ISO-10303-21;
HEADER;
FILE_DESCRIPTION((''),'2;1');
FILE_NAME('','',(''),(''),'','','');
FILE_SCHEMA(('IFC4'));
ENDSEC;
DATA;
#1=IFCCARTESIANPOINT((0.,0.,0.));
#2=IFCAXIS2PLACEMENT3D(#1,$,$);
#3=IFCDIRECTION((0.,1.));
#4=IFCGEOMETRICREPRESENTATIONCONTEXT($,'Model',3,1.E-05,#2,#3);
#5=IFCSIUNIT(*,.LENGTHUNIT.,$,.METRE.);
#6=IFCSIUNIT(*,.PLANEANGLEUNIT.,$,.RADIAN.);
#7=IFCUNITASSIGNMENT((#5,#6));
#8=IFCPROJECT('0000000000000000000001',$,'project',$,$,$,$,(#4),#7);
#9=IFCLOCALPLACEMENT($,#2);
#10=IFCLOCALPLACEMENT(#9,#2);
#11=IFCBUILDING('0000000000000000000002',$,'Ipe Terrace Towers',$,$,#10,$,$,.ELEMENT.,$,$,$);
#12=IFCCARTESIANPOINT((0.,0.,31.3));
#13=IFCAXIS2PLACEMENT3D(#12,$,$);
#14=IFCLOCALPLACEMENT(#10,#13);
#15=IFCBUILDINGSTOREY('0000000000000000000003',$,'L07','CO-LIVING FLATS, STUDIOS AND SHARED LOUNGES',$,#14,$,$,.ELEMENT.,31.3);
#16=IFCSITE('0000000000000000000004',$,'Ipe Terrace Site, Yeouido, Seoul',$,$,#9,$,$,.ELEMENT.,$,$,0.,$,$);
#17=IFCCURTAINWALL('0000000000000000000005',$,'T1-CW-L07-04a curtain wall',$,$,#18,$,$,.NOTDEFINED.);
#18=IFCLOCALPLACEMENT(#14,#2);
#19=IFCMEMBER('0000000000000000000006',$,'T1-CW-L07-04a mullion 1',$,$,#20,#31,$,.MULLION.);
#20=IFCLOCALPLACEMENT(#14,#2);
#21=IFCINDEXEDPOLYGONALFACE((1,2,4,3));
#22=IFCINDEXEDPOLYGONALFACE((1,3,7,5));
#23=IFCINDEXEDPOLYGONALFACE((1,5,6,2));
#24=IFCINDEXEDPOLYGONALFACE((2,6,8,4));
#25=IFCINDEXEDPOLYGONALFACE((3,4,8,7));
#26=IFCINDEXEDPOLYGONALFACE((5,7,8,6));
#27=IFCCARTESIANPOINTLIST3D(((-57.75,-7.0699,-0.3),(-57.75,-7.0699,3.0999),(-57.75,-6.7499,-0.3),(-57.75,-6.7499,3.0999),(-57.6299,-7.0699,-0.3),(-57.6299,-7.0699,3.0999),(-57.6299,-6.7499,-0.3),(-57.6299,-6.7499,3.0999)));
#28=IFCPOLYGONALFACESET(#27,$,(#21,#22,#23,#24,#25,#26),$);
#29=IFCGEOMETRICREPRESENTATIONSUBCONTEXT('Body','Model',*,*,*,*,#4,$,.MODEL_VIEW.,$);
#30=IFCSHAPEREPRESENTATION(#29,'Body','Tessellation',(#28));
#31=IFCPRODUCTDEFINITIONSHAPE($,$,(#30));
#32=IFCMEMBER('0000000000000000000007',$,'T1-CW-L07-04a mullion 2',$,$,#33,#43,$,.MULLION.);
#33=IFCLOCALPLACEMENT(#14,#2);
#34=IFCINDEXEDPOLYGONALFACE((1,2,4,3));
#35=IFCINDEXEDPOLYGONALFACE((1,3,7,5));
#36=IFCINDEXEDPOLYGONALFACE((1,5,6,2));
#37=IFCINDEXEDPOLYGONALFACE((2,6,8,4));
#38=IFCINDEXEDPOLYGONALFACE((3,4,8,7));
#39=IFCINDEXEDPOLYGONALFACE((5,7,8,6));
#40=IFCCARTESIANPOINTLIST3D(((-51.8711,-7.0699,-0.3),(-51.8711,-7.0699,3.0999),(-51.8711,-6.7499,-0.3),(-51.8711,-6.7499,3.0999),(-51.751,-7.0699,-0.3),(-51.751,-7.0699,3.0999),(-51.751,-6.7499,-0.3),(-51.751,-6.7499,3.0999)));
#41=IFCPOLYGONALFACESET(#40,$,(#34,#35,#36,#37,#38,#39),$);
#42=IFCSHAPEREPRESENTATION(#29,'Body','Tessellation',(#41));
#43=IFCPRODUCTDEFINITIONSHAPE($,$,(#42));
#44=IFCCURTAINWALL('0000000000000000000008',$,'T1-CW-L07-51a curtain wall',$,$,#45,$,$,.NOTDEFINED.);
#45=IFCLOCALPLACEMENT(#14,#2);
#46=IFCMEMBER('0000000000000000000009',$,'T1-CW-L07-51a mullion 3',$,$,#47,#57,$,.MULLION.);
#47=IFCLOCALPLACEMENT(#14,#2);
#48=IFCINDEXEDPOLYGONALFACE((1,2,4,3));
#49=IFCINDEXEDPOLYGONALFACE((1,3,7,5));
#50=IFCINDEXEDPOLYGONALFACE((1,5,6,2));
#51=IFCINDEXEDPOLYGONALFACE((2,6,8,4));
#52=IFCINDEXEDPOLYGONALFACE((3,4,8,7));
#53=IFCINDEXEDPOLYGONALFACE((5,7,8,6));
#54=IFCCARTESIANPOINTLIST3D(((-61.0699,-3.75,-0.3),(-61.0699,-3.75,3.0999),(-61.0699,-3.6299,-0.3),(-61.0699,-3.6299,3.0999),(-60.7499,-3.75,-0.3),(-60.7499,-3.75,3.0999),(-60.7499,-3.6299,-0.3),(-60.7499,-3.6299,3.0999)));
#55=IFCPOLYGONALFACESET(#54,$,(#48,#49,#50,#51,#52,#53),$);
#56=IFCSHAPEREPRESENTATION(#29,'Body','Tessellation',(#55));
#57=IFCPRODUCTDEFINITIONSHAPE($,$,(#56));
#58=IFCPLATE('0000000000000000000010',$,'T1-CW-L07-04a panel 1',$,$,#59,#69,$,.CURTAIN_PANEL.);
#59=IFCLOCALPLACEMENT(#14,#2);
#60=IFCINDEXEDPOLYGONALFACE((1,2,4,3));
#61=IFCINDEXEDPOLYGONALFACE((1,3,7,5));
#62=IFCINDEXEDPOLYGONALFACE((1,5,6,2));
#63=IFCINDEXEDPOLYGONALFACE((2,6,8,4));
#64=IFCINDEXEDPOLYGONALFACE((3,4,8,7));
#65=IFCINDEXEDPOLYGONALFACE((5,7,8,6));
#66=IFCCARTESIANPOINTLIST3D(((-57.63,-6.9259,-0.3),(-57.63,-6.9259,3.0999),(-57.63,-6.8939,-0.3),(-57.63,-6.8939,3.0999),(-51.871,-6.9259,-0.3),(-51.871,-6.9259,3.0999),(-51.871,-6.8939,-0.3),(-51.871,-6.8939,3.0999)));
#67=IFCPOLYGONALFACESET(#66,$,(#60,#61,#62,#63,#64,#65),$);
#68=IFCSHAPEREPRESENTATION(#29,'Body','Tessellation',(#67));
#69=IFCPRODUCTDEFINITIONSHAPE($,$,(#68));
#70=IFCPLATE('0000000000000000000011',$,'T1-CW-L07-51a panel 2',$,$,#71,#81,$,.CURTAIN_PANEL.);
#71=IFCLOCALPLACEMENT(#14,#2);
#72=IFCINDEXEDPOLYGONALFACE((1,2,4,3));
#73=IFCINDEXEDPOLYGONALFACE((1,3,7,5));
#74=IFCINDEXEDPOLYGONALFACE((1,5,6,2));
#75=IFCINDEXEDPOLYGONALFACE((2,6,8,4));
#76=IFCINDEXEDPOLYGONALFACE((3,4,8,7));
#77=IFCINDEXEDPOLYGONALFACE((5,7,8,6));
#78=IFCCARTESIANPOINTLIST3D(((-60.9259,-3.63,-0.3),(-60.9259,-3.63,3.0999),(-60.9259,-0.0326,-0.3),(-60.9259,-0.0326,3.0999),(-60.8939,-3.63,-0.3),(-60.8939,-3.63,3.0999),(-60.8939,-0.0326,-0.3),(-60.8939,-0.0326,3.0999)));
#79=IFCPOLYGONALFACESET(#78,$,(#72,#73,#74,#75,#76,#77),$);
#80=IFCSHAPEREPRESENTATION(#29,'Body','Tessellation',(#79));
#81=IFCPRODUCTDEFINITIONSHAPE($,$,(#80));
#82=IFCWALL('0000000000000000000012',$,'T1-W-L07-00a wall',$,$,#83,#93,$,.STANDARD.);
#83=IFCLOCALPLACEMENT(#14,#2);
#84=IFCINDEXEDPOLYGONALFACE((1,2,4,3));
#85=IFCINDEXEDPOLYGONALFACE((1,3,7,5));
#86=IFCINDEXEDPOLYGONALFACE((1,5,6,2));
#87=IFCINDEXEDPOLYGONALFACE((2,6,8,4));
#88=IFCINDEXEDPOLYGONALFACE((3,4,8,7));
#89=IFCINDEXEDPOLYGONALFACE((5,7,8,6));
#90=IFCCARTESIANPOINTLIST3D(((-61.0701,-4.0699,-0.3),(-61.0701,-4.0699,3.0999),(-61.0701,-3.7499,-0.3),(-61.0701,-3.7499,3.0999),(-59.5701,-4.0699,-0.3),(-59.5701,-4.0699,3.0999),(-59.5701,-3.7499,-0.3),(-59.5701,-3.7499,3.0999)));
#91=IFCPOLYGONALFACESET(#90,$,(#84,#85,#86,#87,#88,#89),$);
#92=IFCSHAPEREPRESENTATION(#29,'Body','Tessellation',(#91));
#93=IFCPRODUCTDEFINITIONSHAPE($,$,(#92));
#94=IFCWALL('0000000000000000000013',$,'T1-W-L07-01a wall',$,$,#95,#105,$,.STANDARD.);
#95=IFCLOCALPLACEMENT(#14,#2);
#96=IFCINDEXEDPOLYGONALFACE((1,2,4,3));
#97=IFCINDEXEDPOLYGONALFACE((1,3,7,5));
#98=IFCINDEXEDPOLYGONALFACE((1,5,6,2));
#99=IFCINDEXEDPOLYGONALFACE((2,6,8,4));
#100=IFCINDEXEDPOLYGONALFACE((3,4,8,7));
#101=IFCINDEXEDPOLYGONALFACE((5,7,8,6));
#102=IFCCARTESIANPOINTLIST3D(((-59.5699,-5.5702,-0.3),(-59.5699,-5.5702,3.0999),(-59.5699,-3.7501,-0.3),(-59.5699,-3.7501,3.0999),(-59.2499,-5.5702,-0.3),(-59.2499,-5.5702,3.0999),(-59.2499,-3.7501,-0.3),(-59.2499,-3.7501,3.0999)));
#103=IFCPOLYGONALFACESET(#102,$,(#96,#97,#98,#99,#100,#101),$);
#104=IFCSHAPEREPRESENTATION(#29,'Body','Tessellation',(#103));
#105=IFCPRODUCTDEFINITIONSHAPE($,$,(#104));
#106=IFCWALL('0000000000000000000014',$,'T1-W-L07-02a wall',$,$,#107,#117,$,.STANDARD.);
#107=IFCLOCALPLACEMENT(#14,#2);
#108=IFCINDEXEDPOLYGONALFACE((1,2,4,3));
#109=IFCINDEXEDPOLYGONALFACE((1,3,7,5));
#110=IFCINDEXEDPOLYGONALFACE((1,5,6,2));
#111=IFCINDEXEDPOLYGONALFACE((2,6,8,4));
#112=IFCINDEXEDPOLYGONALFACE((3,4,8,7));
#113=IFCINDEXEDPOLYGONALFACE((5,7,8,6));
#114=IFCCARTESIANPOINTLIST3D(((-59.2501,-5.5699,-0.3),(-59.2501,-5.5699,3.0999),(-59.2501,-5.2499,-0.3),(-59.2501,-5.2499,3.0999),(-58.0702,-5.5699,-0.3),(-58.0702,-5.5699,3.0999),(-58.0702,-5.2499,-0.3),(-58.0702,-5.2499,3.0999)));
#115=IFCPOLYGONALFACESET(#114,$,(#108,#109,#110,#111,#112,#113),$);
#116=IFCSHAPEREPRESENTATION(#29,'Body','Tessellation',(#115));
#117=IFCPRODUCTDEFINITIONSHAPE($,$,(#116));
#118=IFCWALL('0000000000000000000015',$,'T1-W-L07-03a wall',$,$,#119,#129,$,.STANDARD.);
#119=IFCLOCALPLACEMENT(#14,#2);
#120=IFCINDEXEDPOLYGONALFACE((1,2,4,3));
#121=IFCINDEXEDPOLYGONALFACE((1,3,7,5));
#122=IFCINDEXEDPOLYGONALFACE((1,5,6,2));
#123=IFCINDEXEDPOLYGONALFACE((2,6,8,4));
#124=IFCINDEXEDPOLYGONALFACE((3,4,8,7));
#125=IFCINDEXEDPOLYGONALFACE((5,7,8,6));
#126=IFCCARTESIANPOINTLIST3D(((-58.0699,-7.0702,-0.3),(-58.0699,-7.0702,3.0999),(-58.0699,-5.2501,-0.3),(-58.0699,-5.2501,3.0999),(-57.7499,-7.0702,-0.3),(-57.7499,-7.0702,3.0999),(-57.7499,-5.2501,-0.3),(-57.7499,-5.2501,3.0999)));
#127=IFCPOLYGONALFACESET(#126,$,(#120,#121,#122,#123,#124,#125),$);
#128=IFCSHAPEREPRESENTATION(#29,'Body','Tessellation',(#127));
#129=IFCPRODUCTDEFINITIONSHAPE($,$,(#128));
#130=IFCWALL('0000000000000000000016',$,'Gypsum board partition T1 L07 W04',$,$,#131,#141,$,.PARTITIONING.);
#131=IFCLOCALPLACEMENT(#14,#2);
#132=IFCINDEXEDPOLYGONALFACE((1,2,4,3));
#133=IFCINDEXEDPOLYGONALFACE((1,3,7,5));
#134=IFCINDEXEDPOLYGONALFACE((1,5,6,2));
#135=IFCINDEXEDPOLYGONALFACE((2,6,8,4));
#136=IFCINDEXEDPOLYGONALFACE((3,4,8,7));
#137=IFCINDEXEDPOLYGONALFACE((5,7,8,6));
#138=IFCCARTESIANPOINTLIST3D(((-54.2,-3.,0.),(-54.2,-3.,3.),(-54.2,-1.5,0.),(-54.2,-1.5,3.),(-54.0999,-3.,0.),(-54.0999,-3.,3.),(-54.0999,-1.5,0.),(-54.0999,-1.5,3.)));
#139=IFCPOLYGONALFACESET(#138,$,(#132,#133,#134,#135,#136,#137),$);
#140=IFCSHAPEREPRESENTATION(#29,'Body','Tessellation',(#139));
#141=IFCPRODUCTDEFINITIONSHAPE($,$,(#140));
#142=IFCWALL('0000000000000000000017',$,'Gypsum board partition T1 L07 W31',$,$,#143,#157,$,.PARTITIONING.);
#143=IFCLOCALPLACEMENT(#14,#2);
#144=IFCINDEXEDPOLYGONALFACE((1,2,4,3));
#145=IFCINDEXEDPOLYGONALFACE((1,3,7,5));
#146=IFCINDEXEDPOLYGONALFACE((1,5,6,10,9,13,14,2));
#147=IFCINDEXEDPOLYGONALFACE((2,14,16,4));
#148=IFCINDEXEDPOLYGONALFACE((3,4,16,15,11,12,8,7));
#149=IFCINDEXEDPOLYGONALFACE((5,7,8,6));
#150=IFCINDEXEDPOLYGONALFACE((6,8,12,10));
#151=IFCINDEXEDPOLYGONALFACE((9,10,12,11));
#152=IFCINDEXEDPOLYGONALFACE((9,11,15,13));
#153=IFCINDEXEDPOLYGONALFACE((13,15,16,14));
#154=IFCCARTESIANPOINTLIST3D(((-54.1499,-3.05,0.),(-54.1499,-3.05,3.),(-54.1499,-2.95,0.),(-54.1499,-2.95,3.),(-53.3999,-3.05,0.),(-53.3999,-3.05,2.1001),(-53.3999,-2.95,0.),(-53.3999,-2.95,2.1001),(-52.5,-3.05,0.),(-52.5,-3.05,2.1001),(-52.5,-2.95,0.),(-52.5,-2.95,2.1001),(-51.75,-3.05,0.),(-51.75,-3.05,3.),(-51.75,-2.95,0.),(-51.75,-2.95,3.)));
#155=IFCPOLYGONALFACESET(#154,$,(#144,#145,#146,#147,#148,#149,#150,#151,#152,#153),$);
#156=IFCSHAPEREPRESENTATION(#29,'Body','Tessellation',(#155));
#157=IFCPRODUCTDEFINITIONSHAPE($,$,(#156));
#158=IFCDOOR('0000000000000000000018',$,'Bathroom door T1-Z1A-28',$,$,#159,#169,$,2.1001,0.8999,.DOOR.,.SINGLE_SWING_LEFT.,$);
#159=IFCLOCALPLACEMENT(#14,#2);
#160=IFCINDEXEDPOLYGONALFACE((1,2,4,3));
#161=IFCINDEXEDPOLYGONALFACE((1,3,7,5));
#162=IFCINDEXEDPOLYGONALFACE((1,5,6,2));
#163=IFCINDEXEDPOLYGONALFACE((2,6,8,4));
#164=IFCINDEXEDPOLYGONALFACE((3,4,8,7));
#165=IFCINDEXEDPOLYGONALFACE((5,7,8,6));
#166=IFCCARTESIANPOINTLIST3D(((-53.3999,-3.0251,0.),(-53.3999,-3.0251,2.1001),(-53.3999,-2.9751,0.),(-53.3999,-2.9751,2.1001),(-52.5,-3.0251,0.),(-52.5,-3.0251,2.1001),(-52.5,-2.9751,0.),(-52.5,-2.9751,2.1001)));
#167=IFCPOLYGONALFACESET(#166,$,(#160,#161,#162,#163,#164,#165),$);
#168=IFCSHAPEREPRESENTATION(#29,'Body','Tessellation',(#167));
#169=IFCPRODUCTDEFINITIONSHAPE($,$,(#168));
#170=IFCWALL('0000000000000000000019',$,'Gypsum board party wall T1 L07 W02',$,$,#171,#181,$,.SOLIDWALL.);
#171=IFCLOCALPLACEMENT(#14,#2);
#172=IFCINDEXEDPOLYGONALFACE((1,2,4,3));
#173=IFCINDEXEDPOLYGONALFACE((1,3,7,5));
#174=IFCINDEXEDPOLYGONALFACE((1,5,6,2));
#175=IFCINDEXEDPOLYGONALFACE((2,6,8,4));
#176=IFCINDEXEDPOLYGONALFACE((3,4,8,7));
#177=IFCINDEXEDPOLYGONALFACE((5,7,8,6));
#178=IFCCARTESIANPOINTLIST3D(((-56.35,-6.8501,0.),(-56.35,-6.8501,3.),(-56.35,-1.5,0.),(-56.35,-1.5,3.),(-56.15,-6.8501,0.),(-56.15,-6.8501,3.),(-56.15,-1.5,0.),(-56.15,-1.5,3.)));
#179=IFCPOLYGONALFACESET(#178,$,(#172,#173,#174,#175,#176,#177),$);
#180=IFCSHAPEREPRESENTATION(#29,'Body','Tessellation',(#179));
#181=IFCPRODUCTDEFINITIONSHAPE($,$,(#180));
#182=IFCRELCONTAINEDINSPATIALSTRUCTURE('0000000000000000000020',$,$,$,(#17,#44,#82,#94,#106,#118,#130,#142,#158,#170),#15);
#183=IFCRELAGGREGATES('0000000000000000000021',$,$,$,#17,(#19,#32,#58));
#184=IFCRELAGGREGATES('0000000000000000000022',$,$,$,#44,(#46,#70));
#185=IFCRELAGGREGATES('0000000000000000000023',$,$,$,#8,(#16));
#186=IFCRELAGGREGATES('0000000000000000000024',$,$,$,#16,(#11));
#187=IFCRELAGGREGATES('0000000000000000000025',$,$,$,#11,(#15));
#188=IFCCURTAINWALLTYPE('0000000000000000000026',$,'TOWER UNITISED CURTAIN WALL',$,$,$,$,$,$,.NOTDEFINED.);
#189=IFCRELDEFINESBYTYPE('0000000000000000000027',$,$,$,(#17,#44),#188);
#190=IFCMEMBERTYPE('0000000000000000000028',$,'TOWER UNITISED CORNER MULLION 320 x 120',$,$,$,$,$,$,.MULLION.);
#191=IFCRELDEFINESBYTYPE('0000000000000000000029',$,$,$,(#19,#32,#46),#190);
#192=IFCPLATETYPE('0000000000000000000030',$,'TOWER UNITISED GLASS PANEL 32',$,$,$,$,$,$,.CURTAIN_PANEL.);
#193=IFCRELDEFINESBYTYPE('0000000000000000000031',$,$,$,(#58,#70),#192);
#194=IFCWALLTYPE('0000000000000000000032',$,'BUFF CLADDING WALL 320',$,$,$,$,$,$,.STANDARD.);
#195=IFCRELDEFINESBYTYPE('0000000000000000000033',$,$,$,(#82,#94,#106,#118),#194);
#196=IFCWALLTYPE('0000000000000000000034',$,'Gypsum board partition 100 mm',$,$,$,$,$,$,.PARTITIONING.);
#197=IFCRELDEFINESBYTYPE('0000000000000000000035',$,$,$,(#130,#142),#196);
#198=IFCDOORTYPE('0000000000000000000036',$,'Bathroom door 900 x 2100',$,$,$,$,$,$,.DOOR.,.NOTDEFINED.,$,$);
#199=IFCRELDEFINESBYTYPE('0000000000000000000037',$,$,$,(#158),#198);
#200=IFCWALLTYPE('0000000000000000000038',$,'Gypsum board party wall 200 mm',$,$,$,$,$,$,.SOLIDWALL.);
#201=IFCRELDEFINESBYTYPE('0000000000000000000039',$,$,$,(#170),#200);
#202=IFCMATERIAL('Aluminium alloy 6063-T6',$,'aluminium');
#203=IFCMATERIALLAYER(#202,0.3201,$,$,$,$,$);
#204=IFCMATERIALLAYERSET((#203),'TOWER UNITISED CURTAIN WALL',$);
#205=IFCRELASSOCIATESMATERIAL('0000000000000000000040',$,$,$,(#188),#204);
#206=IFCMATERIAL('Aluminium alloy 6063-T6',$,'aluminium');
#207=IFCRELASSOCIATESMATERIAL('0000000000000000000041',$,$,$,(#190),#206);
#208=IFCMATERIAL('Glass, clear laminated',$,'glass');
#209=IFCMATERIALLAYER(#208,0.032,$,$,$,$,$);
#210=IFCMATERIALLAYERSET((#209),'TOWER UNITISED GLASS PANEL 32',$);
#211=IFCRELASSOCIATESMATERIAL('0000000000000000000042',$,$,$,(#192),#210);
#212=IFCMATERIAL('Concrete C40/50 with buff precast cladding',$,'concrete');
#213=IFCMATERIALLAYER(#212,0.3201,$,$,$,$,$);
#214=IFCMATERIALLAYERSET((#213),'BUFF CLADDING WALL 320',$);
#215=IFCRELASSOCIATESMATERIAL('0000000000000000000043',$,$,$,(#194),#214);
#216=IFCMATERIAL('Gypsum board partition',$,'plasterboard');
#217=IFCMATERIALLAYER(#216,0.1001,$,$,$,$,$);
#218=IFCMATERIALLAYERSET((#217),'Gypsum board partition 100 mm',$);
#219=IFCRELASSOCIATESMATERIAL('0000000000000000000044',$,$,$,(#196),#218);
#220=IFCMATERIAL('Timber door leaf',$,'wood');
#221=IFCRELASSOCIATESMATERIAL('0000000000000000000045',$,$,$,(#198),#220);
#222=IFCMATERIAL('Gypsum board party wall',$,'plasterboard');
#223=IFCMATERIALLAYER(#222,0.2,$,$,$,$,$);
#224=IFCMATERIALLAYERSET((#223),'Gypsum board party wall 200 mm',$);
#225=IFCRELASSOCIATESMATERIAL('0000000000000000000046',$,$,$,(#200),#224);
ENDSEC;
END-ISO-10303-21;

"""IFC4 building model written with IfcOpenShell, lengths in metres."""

from ifc_helpers import new_model, si_unit, direction, frame, frame_2d, origin, origin_2d, place, context, subcontext, project, spatial, rectangle, extrude, material, layer, layer_set, material_profile, profile_set, type_object, element, fill, aggregate, save


model = new_model("IFC4")

# Units and contexts
model_context = context("Model", 3, precision=1e-05, world=origin(), true_north=direction((0.0, 1.0)))
body_context = subcontext(model_context, "Body", "Model", "MODEL_VIEW")
ifc_project = project(units=[si_unit("LENGTHUNIT", "METRE"), si_unit("PLANEANGLEUNIT", "RADIAN")], contexts=[model_context])

# Site, building, storey
site_placement = place(None, origin())
site = spatial("IfcSite", under=ifc_project, at=site_placement, Name="Ipe Terrace Site, Yeouido, Seoul", CompositionType="ELEMENT", RefElevation=0.0)
building_placement = place(site_placement, origin())
building = spatial("IfcBuilding", under=site, at=building_placement, Name="Ipe Terrace Towers", CompositionType="ELEMENT")
storey_placement = place(building_placement, frame((0.0, 0.0, 31.3)))
storey = spatial("IfcBuildingStorey", under=building, at=storey_placement, Name="L07", Description="CO-LIVING FLATS, STUDIOS AND SHARED LOUNGES", CompositionType="ELEMENT", Elevation=31.3)

# Curtain wall, members
ifc_material_1 = material(Name="Aluminium alloy 6063-T6", Category="aluminium")
ifc_layer_1 = layer(ifc_material_1, 0.3201)
ifc_layer_set_1 = layer_set([ifc_layer_1], Name="TOWER UNITISED CURTAIN WALL")
curtain_wall_type = type_object("IfcCurtainWallType", Name="TOWER UNITISED CURTAIN WALL", PredefinedType="NOTDEFINED", material=ifc_layer_set_1)
curtain_wall_1_placement = place(storey_placement, origin())
curtain_wall_1 = element("IfcCurtainWall", 1, at=curtain_wall_1_placement, inside=storey, type_object=curtain_wall_type, Name="T1-CW-L07-04a curtain wall", PredefinedType="NOTDEFINED")
ifc_material_2 = material(Name="Aluminium alloy 6063-T6", Category="aluminium")
ifc_material_profile_1 = material_profile(ifc_material_2, rectangle(XDim=0.3201, YDim=0.1201, at=origin_2d()), Name="TOWER UNITISED CORNER MULLION 320 x 120")
ifc_profile_set_1 = profile_set([ifc_material_profile_1], Name="Aluminium alloy 6063-T6")
member_type = type_object("IfcMemberType", Name="TOWER UNITISED CORNER MULLION 320 x 120", PredefinedType="MULLION", material=ifc_profile_set_1)
member_1_placement = place(storey_placement, frame((-57.6899, -6.9099, -0.3), z_axis=(0.0, 0.0, 1.0), x_axis=(0.0, -1.0, 0.0)))
member_1 = element("IfcMember", 2, at=member_1_placement, type_object=member_type, Name="T1-CW-L07-04a mullion 1", PredefinedType="MULLION", context=body_context, shape_type="SweptSolid", body=[
    extrude(rectangle(XDim=0.3201, YDim=0.1201, at=origin_2d()), origin(), (0.0, 0.0, 1.0), 3.3999),
])
member_2_placement = place(storey_placement, frame((-51.811, -6.9099, -0.3), z_axis=(0.0, 0.0, 1.0), x_axis=(0.0, -1.0, 0.0)))
member_2 = element("IfcMember", 3, at=member_2_placement, type_object=member_type, Name="T1-CW-L07-04a mullion 2", PredefinedType="MULLION", context=body_context, shape_type="SweptSolid", body=[
    extrude(rectangle(XDim=0.3201, YDim=0.1201, at=origin_2d()), origin(), (0.0, 0.0, 1.0), 3.3999),
])

# Curtain wall, member
curtain_wall_2_placement = place(storey_placement, origin())
curtain_wall_2 = element("IfcCurtainWall", 4, at=curtain_wall_2_placement, inside=storey, type_object=curtain_wall_type, Name="T1-CW-L07-51a curtain wall", PredefinedType="NOTDEFINED")
member_3_placement = place(storey_placement, frame((-60.9099, -3.6899, -0.3), z_axis=(0.0, 0.0, 1.0), x_axis=(-1.0, 0.0, 0.0)))
member_3 = element("IfcMember", 5, at=member_3_placement, type_object=member_type, Name="T1-CW-L07-51a mullion 3", PredefinedType="MULLION", context=body_context, shape_type="SweptSolid", body=[
    extrude(rectangle(XDim=0.3201, YDim=0.1201, at=origin_2d()), origin(), (0.0, 0.0, 1.0), 3.3999),
])

# Plates
ifc_material_3 = material(Name="Glass, clear laminated", Category="glass")
ifc_layer_2 = layer(ifc_material_3, 0.032)
ifc_layer_set_2 = layer_set([ifc_layer_2], Name="TOWER UNITISED GLASS PANEL 32")
plate_type = type_object("IfcPlateType", Name="TOWER UNITISED GLASS PANEL 32", PredefinedType="CURTAIN_PANEL", material=ifc_layer_set_2)
plate_1_placement = place(storey_placement, frame((-54.7505, -6.9099, -0.3), z_axis=(0.0, 0.0, 1.0), x_axis=(1.0, 0.0, 0.0)))
plate_1 = element("IfcPlate", 6, at=plate_1_placement, type_object=plate_type, Name="T1-CW-L07-04a panel 1", PredefinedType="CURTAIN_PANEL", context=body_context, shape_type="SweptSolid", body=[
    extrude(rectangle(XDim=5.759, YDim=0.032, at=origin_2d()), origin(), (0.0, 0.0, 1.0), 3.3999),
])
aggregate(curtain_wall_1, [member_1, member_2, plate_1])
plate_2_placement = place(storey_placement, frame((-60.9099, -1.8313, -0.3), z_axis=(0.0, 0.0, 1.0), x_axis=(0.0, -1.0, 0.0)))
plate_2 = element("IfcPlate", 7, at=plate_2_placement, type_object=plate_type, Name="T1-CW-L07-51a panel 2", PredefinedType="CURTAIN_PANEL", context=body_context, shape_type="SweptSolid", body=[
    extrude(rectangle(XDim=3.5974, YDim=0.032, at=origin_2d()), origin(), (0.0, 0.0, 1.0), 3.3999),
])
aggregate(curtain_wall_2, [member_3, plate_2])

# Walls
ifc_material_4 = material(Name="Concrete C40/50 with buff precast cladding", Category="concrete")
ifc_layer_3 = layer(ifc_material_4, 0.3201)
ifc_layer_set_3 = layer_set([ifc_layer_3], Name="BUFF CLADDING WALL 320")
wall_type_1 = type_object("IfcWallType", Name="BUFF CLADDING WALL 320", PredefinedType="STANDARD", material=ifc_layer_set_3)
wall_1_placement = place(storey_placement, frame((-61.0701, -3.9099, -0.3), z_axis=(0.0, 0.0, 1.0), x_axis=(1.0, 0.0, 0.0)))
element("IfcWall", 8, at=wall_1_placement, inside=storey, type_object=wall_type_1, Name="T1-W-L07-00a wall", PredefinedType="STANDARD", context=body_context, shape_type="SweptSolid", body=[
    extrude(rectangle(XDim=1.5, YDim=0.3201, at=frame_2d((0.75, 0.0))), origin(), (0.0, 0.0, 1.0), 3.3999),
])
wall_2_placement = place(storey_placement, frame((-59.4099, -3.75, -0.3), z_axis=(0.0, 0.0, 1.0), x_axis=(0.0, -1.0, 0.0)))
element("IfcWall", 9, at=wall_2_placement, inside=storey, type_object=wall_type_1, Name="T1-W-L07-01a wall", PredefinedType="STANDARD", context=body_context, shape_type="SweptSolid", body=[
    extrude(rectangle(XDim=1.8201, YDim=0.3201, at=frame_2d((0.9102, 0.0))), origin(), (0.0, 0.0, 1.0), 3.3999),
])
wall_3_placement = place(storey_placement, frame((-59.25, -5.4099, -0.3), z_axis=(0.0, 0.0, 1.0), x_axis=(1.0, 0.0, 0.0)))
element("IfcWall", 10, at=wall_3_placement, inside=storey, type_object=wall_type_1, Name="T1-W-L07-02a wall", PredefinedType="STANDARD", context=body_context, shape_type="SweptSolid", body=[
    extrude(rectangle(XDim=1.1799, YDim=0.3201, at=frame_2d((0.5898, 0.0))), origin(), (0.0, 0.0, 1.0), 3.3999),
])
wall_4_placement = place(storey_placement, frame((-57.9099, -5.25, -0.3), z_axis=(0.0, 0.0, 1.0), x_axis=(0.0, -1.0, 0.0)))
element("IfcWall", 11, at=wall_4_placement, inside=storey, type_object=wall_type_1, Name="T1-W-L07-03a wall", PredefinedType="STANDARD", context=body_context, shape_type="SweptSolid", body=[
    extrude(rectangle(XDim=1.8201, YDim=0.3201, at=frame_2d((0.9102, 0.0))), origin(), (0.0, 0.0, 1.0), 3.3999),
])
ifc_material_5 = material(Name="Gypsum board partition", Category="plasterboard")
ifc_layer_4 = layer(ifc_material_5, 0.1001)
ifc_layer_set_4 = layer_set([ifc_layer_4], Name="Gypsum board partition 100 mm")
wall_type_2 = type_object("IfcWallType", Name="Gypsum board partition 100 mm", PredefinedType="PARTITIONING", material=ifc_layer_set_4)
wall_5_placement = place(storey_placement, frame((-54.1499, -3.0, 0.0), z_axis=(0.0, 0.0, 1.0), x_axis=(0.0, 1.0, 0.0)))
element("IfcWall", 12, at=wall_5_placement, inside=storey, type_object=wall_type_2, Name="Gypsum board partition T1 L07 W04", PredefinedType="PARTITIONING", context=body_context, shape_type="SweptSolid", body=[
    extrude(rectangle(XDim=1.5, YDim=0.1001, at=frame_2d((0.75, 0.0))), origin(), (0.0, 0.0, 1.0), 3.0),
])

# Wall, opening, door
wall_6_placement = place(storey_placement, frame((-54.1499, -3.0, 0.0), z_axis=(0.0, 0.0, 1.0), x_axis=(1.0, 0.0, 0.0)))
wall_6 = element("IfcWall", 13, at=wall_6_placement, inside=storey, type_object=wall_type_2, Name="Gypsum board partition T1 L07 W31", PredefinedType="PARTITIONING", context=body_context, shape_type="SweptSolid", body=[
    extrude(rectangle(XDim=2.3999, YDim=0.1001, at=frame_2d((1.2, 0.0))), origin(), (0.0, 0.0, 1.0), 3.0),
])
opening_1_placement = place(wall_6_placement, frame((0.75, 0.0, 0.0)))
opening_1 = element("IfcOpeningElement", 14, at=opening_1_placement, cuts=wall_6, PredefinedType="OPENING", context=body_context, shape_type="SweptSolid", body=[
    extrude(rectangle(XDim=0.8999, YDim=2.1001, at=frame_2d((0.45, 1.05))), frame((0.0, 0.0601, 0.0), z_axis=(0.0, -1.0, 0.0), x_axis=(1.0, 0.0, 0.0)), (0.0, 0.0, 1.0), 0.1201),
])
ifc_material_6 = material(Name="Timber door leaf", Category="wood")
door_type_1 = type_object("IfcDoorType", Name="Bathroom door 900 x 2100", OperationType="NOTDEFINED", PredefinedType="DOOR", material=ifc_material_6)
door_1_placement = place(opening_1_placement, origin())
door_1 = element("IfcDoor", 15, at=door_1_placement, inside=storey, type_object=door_type_1, Name="Bathroom door T1-Z1A-28", OperationType="SINGLE_SWING_LEFT", OverallHeight=2.1001, OverallWidth=0.8999, PredefinedType="DOOR", context=body_context, shape_type="SweptSolid", body=[
    extrude(rectangle(XDim=0.8999, YDim=2.1001, at=frame_2d((0.45, 1.05))), frame((0.0, 0.0249, 0.0), z_axis=(0.0, -1.0, 0.0), x_axis=(1.0, 0.0, 0.0)), (0.0, 0.0, 1.0), 0.05),
])
fill(opening_1, door_1)

# Wall
ifc_material_7 = material(Name="Gypsum board party wall", Category="plasterboard")
ifc_layer_5 = layer(ifc_material_7, 0.2)
ifc_layer_set_5 = layer_set([ifc_layer_5], Name="Gypsum board party wall 200 mm")
wall_type_3 = type_object("IfcWallType", Name="Gypsum board party wall 200 mm", PredefinedType="SOLIDWALL", material=ifc_layer_set_5)
wall_7_placement = place(storey_placement, frame((-56.25, -6.8501, 0.0), z_axis=(0.0, 0.0, 1.0), x_axis=(0.0, 1.0, 0.0)))
element("IfcWall", 16, at=wall_7_placement, inside=storey, type_object=wall_type_3, Name="Gypsum board party wall T1 L07 W02", PredefinedType="SOLIDWALL", context=body_context, shape_type="SweptSolid", body=[
    extrude(rectangle(XDim=5.3501, YDim=0.2, at=frame_2d((2.675, 0.0))), origin(), (0.0, 0.0, 1.0), 3.0),
])

save(model, "model.ifc")
